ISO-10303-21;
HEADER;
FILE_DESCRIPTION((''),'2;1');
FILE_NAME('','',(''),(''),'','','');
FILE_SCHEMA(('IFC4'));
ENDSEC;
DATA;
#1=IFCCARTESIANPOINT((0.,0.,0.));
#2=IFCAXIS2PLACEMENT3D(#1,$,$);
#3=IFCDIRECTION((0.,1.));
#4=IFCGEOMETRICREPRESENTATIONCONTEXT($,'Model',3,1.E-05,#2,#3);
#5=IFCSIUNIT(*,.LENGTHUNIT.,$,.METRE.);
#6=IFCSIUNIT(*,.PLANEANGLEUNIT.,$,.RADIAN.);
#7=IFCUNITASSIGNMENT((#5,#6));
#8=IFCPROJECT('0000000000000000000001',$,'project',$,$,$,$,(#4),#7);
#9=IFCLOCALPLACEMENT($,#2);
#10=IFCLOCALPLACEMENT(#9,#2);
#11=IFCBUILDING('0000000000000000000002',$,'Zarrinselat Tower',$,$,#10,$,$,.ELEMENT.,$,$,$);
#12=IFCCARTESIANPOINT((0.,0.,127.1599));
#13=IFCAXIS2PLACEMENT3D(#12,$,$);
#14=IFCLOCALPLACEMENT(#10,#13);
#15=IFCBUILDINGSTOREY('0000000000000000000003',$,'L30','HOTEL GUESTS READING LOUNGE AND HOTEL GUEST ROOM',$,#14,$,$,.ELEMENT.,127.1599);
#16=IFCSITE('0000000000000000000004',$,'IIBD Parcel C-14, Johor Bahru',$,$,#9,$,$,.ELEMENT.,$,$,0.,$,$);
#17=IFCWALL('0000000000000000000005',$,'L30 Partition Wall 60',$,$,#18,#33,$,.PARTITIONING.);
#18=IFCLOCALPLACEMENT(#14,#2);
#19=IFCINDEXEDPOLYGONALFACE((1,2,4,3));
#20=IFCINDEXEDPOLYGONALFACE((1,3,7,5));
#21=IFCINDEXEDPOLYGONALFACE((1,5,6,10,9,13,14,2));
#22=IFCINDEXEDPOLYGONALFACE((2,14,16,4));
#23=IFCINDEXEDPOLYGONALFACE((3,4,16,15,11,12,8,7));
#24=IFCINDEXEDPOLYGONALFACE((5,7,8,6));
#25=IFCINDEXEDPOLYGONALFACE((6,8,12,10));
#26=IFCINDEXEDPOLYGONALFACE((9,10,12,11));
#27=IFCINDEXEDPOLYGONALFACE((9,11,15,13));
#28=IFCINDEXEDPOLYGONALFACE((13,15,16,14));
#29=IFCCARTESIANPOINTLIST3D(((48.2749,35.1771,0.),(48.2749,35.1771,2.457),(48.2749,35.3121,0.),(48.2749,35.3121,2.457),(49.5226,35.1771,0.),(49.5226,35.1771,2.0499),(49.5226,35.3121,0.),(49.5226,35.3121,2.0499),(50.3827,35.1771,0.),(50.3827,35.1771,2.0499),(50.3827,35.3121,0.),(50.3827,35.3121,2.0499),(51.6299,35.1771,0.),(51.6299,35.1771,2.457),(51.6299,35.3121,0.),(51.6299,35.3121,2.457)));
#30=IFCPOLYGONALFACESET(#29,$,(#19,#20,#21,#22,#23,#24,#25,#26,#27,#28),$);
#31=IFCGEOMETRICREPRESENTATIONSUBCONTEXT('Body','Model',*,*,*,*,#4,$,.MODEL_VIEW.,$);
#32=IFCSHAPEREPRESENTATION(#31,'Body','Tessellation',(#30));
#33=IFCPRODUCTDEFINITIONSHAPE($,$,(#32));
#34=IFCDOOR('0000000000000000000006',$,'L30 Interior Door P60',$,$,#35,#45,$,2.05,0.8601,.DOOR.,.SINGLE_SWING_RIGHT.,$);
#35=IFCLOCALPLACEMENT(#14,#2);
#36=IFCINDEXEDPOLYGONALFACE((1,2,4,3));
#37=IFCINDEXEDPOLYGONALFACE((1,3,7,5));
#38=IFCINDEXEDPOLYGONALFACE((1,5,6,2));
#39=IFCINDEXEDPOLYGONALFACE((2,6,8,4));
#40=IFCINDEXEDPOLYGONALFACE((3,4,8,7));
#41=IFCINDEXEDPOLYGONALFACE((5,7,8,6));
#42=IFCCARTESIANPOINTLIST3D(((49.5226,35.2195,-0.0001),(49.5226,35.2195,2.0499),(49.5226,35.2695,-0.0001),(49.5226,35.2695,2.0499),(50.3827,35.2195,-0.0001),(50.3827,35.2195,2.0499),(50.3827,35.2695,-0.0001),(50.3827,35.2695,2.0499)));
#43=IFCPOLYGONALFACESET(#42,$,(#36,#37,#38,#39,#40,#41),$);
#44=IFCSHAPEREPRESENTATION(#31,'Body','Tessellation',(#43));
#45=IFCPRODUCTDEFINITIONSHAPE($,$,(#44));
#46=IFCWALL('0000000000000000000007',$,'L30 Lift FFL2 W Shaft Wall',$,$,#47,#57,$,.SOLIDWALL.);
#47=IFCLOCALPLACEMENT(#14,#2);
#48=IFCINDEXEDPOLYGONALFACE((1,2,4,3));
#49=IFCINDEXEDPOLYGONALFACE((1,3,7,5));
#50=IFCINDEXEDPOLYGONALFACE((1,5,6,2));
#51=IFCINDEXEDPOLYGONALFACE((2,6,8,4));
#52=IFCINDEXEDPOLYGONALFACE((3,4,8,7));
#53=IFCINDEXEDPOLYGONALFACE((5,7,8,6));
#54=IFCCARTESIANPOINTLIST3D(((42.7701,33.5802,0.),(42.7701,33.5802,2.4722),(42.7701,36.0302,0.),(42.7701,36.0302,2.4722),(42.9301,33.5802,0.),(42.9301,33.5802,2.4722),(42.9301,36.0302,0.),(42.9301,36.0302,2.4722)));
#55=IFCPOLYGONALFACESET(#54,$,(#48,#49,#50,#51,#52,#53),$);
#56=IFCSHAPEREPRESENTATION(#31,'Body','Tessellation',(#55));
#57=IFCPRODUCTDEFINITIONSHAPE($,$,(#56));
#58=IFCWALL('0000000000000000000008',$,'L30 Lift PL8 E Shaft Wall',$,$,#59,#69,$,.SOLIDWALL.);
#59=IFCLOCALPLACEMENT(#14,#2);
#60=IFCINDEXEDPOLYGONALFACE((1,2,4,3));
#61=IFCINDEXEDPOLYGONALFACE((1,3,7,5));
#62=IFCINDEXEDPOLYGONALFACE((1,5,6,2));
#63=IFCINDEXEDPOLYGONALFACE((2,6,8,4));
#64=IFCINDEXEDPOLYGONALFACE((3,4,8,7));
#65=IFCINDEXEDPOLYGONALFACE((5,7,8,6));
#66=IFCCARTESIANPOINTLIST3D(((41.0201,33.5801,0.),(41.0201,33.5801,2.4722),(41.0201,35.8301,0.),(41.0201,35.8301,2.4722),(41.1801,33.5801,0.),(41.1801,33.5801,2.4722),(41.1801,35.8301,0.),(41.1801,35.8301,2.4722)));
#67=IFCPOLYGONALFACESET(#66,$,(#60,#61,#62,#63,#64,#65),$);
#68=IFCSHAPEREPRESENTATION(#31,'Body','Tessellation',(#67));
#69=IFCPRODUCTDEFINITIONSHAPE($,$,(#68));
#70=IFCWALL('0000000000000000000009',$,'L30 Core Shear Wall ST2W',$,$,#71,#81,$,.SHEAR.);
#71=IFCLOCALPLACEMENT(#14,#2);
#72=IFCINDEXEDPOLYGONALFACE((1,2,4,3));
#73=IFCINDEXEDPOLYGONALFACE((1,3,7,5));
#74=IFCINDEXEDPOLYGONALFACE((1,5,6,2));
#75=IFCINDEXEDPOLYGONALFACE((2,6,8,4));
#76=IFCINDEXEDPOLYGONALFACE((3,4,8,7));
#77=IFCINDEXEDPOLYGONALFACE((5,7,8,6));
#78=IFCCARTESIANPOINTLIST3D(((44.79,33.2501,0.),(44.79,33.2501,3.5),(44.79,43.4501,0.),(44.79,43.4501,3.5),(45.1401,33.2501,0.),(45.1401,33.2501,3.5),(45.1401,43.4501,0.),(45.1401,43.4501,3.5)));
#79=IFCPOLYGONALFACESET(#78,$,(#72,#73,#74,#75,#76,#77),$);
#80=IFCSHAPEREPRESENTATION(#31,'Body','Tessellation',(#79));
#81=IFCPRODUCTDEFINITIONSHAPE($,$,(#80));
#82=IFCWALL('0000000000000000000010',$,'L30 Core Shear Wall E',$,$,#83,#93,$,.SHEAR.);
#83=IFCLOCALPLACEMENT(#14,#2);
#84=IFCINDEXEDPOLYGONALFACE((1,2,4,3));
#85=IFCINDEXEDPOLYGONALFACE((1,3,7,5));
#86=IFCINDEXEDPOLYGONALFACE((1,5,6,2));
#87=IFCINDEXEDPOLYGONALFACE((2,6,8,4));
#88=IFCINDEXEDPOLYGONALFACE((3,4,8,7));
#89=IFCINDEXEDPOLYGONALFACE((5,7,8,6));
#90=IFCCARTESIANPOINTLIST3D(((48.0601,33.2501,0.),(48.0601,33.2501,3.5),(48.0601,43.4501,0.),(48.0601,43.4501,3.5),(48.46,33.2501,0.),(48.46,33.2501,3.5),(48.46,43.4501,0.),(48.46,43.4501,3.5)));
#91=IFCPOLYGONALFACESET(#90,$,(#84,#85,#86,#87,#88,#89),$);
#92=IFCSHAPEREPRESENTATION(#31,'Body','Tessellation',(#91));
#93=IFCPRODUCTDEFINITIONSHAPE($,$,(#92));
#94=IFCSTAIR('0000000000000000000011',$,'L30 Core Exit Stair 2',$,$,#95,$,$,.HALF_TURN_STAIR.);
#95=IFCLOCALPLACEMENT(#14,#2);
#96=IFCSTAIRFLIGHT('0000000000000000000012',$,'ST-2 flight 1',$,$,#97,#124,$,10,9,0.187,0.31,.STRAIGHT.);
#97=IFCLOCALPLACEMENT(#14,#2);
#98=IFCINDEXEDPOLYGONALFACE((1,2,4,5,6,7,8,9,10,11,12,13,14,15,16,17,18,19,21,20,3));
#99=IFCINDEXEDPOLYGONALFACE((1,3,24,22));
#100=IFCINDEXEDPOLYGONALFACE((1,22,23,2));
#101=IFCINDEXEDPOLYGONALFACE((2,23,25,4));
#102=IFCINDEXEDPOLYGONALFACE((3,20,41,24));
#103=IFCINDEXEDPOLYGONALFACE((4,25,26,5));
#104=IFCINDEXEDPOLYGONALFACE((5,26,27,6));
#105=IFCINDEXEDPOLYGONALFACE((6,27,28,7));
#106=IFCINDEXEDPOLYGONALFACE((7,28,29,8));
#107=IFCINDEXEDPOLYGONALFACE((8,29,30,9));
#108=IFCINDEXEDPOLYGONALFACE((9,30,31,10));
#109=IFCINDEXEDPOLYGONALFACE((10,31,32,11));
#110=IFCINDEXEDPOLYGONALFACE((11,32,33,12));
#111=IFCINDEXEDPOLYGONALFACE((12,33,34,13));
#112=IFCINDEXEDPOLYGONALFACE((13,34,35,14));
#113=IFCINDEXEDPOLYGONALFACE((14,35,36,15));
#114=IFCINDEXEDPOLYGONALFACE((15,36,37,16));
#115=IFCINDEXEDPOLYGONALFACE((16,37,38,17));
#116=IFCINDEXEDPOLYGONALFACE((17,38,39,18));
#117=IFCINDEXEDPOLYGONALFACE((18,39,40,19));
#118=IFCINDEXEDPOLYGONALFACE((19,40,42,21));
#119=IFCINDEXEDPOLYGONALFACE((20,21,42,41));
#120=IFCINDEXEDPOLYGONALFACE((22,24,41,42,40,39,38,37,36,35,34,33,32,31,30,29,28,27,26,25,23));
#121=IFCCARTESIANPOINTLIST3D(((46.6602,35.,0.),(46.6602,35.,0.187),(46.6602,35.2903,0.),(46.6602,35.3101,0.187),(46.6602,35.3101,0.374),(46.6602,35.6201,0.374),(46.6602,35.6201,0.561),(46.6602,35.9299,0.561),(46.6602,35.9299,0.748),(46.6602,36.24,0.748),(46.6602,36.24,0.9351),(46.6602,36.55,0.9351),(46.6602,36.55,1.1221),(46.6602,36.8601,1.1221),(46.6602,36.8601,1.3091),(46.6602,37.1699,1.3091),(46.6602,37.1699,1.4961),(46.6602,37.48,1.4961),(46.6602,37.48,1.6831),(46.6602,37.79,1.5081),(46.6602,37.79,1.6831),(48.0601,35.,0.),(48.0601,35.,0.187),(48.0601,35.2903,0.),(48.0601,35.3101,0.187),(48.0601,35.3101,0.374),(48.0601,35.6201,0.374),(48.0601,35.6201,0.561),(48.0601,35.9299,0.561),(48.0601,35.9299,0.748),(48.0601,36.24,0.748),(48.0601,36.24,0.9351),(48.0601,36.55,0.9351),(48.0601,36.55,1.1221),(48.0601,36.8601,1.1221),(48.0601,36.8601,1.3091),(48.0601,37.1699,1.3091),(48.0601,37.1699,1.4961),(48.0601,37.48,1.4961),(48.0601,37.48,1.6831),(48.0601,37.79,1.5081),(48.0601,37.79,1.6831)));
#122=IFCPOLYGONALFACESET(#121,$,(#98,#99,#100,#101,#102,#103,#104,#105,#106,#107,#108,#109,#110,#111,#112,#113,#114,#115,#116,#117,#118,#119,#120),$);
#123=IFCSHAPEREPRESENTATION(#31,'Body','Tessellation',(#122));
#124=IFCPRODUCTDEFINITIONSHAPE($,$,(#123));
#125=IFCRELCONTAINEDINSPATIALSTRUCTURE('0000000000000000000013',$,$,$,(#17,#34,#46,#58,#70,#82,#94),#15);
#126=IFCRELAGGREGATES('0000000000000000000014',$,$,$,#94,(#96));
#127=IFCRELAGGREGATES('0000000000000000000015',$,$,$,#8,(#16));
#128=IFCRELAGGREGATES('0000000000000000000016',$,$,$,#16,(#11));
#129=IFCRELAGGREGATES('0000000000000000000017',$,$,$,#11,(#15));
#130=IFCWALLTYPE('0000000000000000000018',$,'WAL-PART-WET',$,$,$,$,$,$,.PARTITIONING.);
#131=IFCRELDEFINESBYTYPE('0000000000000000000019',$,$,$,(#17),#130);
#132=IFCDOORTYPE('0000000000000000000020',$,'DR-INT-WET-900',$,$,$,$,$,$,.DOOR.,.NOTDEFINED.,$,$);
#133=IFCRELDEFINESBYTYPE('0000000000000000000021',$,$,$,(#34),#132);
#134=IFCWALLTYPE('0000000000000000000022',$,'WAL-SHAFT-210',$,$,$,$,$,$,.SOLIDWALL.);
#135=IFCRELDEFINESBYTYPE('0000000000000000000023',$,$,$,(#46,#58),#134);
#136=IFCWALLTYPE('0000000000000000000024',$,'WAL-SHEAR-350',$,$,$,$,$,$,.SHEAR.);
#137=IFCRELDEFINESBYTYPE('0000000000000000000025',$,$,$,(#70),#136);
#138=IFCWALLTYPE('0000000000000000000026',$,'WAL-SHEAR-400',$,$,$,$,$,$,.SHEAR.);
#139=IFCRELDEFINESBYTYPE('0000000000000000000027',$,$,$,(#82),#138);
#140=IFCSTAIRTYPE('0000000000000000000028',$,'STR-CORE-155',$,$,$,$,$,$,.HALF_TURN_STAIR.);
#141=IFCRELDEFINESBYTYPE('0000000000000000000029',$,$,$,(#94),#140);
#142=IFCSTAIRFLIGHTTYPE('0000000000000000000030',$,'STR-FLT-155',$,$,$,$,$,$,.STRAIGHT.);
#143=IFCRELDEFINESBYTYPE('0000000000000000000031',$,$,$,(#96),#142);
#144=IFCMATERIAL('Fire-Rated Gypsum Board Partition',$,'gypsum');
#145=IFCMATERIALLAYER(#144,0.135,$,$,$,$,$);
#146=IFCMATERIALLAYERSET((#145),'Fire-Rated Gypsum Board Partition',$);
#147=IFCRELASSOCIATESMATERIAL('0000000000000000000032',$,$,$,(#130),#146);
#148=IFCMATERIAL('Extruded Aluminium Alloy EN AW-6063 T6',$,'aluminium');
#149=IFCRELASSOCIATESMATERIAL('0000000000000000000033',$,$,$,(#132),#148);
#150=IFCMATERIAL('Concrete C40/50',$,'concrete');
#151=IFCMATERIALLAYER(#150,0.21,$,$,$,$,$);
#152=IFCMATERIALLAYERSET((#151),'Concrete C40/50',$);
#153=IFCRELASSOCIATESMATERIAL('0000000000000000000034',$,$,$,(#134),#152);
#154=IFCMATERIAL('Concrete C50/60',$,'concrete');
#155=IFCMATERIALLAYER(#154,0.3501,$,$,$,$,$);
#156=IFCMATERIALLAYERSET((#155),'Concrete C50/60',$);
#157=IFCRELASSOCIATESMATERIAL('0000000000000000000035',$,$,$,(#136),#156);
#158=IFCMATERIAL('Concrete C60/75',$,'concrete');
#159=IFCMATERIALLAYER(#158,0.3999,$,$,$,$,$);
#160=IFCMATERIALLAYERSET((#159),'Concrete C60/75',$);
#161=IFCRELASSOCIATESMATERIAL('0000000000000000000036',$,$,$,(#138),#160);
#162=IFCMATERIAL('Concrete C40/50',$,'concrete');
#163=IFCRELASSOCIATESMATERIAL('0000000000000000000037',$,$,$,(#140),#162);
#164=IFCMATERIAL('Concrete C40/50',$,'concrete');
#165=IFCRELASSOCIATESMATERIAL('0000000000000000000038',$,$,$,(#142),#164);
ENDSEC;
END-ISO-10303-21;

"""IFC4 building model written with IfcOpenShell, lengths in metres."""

from ifc_helpers import new_model, si_unit, direction, frame, frame_2d, origin, place, context, subcontext, project, spatial, polyline, rectangle, outline, extrude, material, layer, layer_set, type_object, element, fill, aggregate, save


model = new_model("IFC4")

# Units and contexts
model_context = context("Model", 3, precision=1e-05, world=origin(), true_north=direction((0.0, 1.0)))
body_context = subcontext(model_context, "Body", "Model", "MODEL_VIEW")
ifc_project = project(units=[si_unit("LENGTHUNIT", "METRE"), si_unit("PLANEANGLEUNIT", "RADIAN")], contexts=[model_context])

# Site, building, storey
site_placement = place(None, origin())
site = spatial("IfcSite", under=ifc_project, at=site_placement, Name="IIBD Parcel C-14, Johor Bahru", CompositionType="ELEMENT", RefElevation=0.0)
building_placement = place(site_placement, origin())
building = spatial("IfcBuilding", under=site, at=building_placement, Name="Zarrinselat Tower", CompositionType="ELEMENT")
storey_placement = place(building_placement, frame((0.0, 0.0, 127.1599)))
storey = spatial("IfcBuildingStorey", under=building, at=storey_placement, Name="L30", Description="HOTEL GUESTS READING LOUNGE AND HOTEL GUEST ROOM", CompositionType="ELEMENT", Elevation=127.1599)

# Wall, opening, door
ifc_material_1 = material(Name="Fire-Rated Gypsum Board Partition", Category="gypsum")
ifc_layer_1 = layer(ifc_material_1, 0.135)
ifc_layer_set_1 = layer_set([ifc_layer_1], Name="Fire-Rated Gypsum Board Partition")
wall_type_1 = type_object("IfcWallType", Name="WAL-PART-WET", PredefinedType="PARTITIONING", material=ifc_layer_set_1)
wall_1_placement = place(storey_placement, frame((48.2749, 35.2446, 0.0), z_axis=(0.0, 0.0, 1.0), x_axis=(1.0, 0.0, 0.0)))
wall_1 = element("IfcWall", 1, at=wall_1_placement, inside=storey, type_object=wall_type_1, Name="L30 Partition Wall 60", PredefinedType="PARTITIONING", context=body_context, shape_type="SweptSolid", body=[
    extrude(rectangle(XDim=3.355, YDim=0.135, at=frame_2d((1.6775, 0.0))), origin(), (0.0, 0.0, 1.0), 2.457),
])
opening_1_placement = place(wall_1_placement, frame((1.2476, 0.0, 0.0)))
opening_1 = element("IfcOpeningElement", 2, at=opening_1_placement, cuts=wall_1, PredefinedType="OPENING", context=body_context, shape_type="SweptSolid", body=[
    extrude(rectangle(XDim=0.8601, YDim=2.05, at=frame_2d((0.4302, 1.0249))), frame((0.0, 0.0774, 0.0), z_axis=(0.0, -1.0, 0.0), x_axis=(1.0, 0.0, 0.0)), (0.0, 0.0, 1.0), 0.155),
])
ifc_material_2 = material(Name="Extruded Aluminium Alloy EN AW-6063 T6", Category="aluminium")
door_type_1 = type_object("IfcDoorType", Name="DR-INT-WET-900", OperationType="NOTDEFINED", PredefinedType="DOOR", material=ifc_material_2)
door_1_placement = place(opening_1_placement, origin())
door_1 = element("IfcDoor", 3, at=door_1_placement, inside=storey, type_object=door_type_1, Name="L30 Interior Door P60", OperationType="SINGLE_SWING_RIGHT", OverallHeight=2.05, OverallWidth=0.8601, PredefinedType="DOOR", context=body_context, shape_type="SweptSolid", body=[
    extrude(rectangle(XDim=0.8601, YDim=2.05, at=frame_2d((0.4302, 1.0249))), frame((0.0, 0.0249, 0.0), z_axis=(0.0, -1.0, 0.0), x_axis=(1.0, 0.0, 0.0)), (0.0, 0.0, 1.0), 0.05),
])
fill(opening_1, door_1)

# Walls
ifc_material_3 = material(Name="Concrete C40/50", Category="concrete")
ifc_layer_2 = layer(ifc_material_3, 0.21)
ifc_layer_set_2 = layer_set([ifc_layer_2], Name="Concrete C40/50")
wall_type_2 = type_object("IfcWallType", Name="WAL-SHAFT-210", PredefinedType="SOLIDWALL", material=ifc_layer_set_2)
wall_2_placement = place(storey_placement, frame((42.8501, 33.5801, 0.0), z_axis=(0.0, 0.0, 1.0), x_axis=(0.0, 1.0, 0.0)))
element("IfcWall", 4, at=wall_2_placement, inside=storey, type_object=wall_type_2, Name="L30 Lift FFL2 W Shaft Wall", PredefinedType="SOLIDWALL", context=body_context, shape_type="SweptSolid", body=[
    extrude(rectangle(XDim=2.45, YDim=0.1599, at=frame_2d((1.2251, 0.0))), origin(), (0.0, 0.0, 1.0), 2.4722),
])
wall_3_placement = place(storey_placement, frame((41.1001, 33.5801, 0.0), z_axis=(0.0, 0.0, 1.0), x_axis=(0.0, 1.0, 0.0)))
element("IfcWall", 5, at=wall_3_placement, inside=storey, type_object=wall_type_2, Name="L30 Lift PL8 E Shaft Wall", PredefinedType="SOLIDWALL", context=body_context, shape_type="SweptSolid", body=[
    extrude(rectangle(XDim=2.25, YDim=0.1599, at=frame_2d((1.125, 0.0))), origin(), (0.0, 0.0, 1.0), 2.4722),
])
ifc_material_4 = material(Name="Concrete C50/60", Category="concrete")
ifc_layer_3 = layer(ifc_material_4, 0.3501)
ifc_layer_set_3 = layer_set([ifc_layer_3], Name="Concrete C50/60")
wall_type_3 = type_object("IfcWallType", Name="WAL-SHEAR-350", PredefinedType="SHEAR", material=ifc_layer_set_3)
wall_4_placement = place(storey_placement, frame((44.9651, 33.25, 0.0), z_axis=(0.0, 0.0, 1.0), x_axis=(0.0, 1.0, 0.0)))
element("IfcWall", 6, at=wall_4_placement, inside=storey, type_object=wall_type_3, Name="L30 Core Shear Wall ST2W", PredefinedType="SHEAR", context=body_context, shape_type="SweptSolid", body=[
    extrude(rectangle(XDim=10.2, YDim=0.3501, at=frame_2d((5.1001, 0.0))), origin(), (0.0, 0.0, 1.0), 3.5),
])
ifc_material_5 = material(Name="Concrete C60/75", Category="concrete")
ifc_layer_4 = layer(ifc_material_5, 0.3999)
ifc_layer_set_4 = layer_set([ifc_layer_4], Name="Concrete C60/75")
wall_type_4 = type_object("IfcWallType", Name="WAL-SHEAR-400", PredefinedType="SHEAR", material=ifc_layer_set_4)
wall_5_placement = place(storey_placement, frame((48.26, 33.25, 0.0), z_axis=(0.0, 0.0, 1.0), x_axis=(0.0, 1.0, 0.0)))
element("IfcWall", 7, at=wall_5_placement, inside=storey, type_object=wall_type_4, Name="L30 Core Shear Wall E", PredefinedType="SHEAR", context=body_context, shape_type="SweptSolid", body=[
    extrude(rectangle(XDim=10.2, YDim=0.3999, at=frame_2d((5.1001, 0.0))), origin(), (0.0, 0.0, 1.0), 3.5),
])

# Stair, stair flight
ifc_material_6 = material(Name="Concrete C40/50", Category="concrete")
stair_type = type_object("IfcStairType", Name="STR-CORE-155", PredefinedType="HALF_TURN_STAIR", material=ifc_material_6)
stair_placement = place(storey_placement, origin())
stair = element("IfcStair", 8, at=stair_placement, inside=storey, type_object=stair_type, Name="L30 Core Exit Stair 2", PredefinedType="HALF_TURN_STAIR")
ifc_material_7 = material(Name="Concrete C40/50", Category="concrete")
stair_flight_type = type_object("IfcStairFlightType", Name="STR-FLT-155", PredefinedType="STRAIGHT", material=ifc_material_7)
stair_flight_placement = place(storey_placement, frame((47.3601, 35.0, 0.0), z_axis=(0.0, 0.0, 1.0), x_axis=(0.0, 1.0, 0.0)))
stair_flight = element("IfcStairFlight", 9, at=stair_flight_placement, type_object=stair_flight_type, Name="ST-2 flight 1", NumberOfRisers=10, NumberOfTreads=9, PredefinedType="STRAIGHT", RiserHeight=0.187, TreadLength=0.31, context=body_context, shape_type="SweptSolid", body=[
    extrude(outline(polyline([(0.0, 0.0), (0.0, 0.187), (0.3101, 0.187), (0.3101, 0.374), (0.6201, 0.374), (0.6201, 0.561), (0.9299, 0.561), (0.9299, 0.748), (1.24, 0.748), (1.24, 0.9351), (1.55, 0.9351), (1.55, 1.1221), (1.8601, 1.1221), (1.8601, 1.3091), (2.1699, 1.3091), (2.1699, 1.4961), (2.48, 1.4961), (2.48, 1.6831), (2.79, 1.6831), (2.79, 1.8701), (2.79, 1.5081), (0.2903, 0.0), (0.0, 0.0)])), frame((0.0, 0.7, 0.0), z_axis=(0.0, -1.0, 0.0), x_axis=(1.0, 0.0, 0.0)), (0.0, 0.0, 1.0), 1.3999),
])
aggregate(stair, [stair_flight])

save(model, "model.ifc")
